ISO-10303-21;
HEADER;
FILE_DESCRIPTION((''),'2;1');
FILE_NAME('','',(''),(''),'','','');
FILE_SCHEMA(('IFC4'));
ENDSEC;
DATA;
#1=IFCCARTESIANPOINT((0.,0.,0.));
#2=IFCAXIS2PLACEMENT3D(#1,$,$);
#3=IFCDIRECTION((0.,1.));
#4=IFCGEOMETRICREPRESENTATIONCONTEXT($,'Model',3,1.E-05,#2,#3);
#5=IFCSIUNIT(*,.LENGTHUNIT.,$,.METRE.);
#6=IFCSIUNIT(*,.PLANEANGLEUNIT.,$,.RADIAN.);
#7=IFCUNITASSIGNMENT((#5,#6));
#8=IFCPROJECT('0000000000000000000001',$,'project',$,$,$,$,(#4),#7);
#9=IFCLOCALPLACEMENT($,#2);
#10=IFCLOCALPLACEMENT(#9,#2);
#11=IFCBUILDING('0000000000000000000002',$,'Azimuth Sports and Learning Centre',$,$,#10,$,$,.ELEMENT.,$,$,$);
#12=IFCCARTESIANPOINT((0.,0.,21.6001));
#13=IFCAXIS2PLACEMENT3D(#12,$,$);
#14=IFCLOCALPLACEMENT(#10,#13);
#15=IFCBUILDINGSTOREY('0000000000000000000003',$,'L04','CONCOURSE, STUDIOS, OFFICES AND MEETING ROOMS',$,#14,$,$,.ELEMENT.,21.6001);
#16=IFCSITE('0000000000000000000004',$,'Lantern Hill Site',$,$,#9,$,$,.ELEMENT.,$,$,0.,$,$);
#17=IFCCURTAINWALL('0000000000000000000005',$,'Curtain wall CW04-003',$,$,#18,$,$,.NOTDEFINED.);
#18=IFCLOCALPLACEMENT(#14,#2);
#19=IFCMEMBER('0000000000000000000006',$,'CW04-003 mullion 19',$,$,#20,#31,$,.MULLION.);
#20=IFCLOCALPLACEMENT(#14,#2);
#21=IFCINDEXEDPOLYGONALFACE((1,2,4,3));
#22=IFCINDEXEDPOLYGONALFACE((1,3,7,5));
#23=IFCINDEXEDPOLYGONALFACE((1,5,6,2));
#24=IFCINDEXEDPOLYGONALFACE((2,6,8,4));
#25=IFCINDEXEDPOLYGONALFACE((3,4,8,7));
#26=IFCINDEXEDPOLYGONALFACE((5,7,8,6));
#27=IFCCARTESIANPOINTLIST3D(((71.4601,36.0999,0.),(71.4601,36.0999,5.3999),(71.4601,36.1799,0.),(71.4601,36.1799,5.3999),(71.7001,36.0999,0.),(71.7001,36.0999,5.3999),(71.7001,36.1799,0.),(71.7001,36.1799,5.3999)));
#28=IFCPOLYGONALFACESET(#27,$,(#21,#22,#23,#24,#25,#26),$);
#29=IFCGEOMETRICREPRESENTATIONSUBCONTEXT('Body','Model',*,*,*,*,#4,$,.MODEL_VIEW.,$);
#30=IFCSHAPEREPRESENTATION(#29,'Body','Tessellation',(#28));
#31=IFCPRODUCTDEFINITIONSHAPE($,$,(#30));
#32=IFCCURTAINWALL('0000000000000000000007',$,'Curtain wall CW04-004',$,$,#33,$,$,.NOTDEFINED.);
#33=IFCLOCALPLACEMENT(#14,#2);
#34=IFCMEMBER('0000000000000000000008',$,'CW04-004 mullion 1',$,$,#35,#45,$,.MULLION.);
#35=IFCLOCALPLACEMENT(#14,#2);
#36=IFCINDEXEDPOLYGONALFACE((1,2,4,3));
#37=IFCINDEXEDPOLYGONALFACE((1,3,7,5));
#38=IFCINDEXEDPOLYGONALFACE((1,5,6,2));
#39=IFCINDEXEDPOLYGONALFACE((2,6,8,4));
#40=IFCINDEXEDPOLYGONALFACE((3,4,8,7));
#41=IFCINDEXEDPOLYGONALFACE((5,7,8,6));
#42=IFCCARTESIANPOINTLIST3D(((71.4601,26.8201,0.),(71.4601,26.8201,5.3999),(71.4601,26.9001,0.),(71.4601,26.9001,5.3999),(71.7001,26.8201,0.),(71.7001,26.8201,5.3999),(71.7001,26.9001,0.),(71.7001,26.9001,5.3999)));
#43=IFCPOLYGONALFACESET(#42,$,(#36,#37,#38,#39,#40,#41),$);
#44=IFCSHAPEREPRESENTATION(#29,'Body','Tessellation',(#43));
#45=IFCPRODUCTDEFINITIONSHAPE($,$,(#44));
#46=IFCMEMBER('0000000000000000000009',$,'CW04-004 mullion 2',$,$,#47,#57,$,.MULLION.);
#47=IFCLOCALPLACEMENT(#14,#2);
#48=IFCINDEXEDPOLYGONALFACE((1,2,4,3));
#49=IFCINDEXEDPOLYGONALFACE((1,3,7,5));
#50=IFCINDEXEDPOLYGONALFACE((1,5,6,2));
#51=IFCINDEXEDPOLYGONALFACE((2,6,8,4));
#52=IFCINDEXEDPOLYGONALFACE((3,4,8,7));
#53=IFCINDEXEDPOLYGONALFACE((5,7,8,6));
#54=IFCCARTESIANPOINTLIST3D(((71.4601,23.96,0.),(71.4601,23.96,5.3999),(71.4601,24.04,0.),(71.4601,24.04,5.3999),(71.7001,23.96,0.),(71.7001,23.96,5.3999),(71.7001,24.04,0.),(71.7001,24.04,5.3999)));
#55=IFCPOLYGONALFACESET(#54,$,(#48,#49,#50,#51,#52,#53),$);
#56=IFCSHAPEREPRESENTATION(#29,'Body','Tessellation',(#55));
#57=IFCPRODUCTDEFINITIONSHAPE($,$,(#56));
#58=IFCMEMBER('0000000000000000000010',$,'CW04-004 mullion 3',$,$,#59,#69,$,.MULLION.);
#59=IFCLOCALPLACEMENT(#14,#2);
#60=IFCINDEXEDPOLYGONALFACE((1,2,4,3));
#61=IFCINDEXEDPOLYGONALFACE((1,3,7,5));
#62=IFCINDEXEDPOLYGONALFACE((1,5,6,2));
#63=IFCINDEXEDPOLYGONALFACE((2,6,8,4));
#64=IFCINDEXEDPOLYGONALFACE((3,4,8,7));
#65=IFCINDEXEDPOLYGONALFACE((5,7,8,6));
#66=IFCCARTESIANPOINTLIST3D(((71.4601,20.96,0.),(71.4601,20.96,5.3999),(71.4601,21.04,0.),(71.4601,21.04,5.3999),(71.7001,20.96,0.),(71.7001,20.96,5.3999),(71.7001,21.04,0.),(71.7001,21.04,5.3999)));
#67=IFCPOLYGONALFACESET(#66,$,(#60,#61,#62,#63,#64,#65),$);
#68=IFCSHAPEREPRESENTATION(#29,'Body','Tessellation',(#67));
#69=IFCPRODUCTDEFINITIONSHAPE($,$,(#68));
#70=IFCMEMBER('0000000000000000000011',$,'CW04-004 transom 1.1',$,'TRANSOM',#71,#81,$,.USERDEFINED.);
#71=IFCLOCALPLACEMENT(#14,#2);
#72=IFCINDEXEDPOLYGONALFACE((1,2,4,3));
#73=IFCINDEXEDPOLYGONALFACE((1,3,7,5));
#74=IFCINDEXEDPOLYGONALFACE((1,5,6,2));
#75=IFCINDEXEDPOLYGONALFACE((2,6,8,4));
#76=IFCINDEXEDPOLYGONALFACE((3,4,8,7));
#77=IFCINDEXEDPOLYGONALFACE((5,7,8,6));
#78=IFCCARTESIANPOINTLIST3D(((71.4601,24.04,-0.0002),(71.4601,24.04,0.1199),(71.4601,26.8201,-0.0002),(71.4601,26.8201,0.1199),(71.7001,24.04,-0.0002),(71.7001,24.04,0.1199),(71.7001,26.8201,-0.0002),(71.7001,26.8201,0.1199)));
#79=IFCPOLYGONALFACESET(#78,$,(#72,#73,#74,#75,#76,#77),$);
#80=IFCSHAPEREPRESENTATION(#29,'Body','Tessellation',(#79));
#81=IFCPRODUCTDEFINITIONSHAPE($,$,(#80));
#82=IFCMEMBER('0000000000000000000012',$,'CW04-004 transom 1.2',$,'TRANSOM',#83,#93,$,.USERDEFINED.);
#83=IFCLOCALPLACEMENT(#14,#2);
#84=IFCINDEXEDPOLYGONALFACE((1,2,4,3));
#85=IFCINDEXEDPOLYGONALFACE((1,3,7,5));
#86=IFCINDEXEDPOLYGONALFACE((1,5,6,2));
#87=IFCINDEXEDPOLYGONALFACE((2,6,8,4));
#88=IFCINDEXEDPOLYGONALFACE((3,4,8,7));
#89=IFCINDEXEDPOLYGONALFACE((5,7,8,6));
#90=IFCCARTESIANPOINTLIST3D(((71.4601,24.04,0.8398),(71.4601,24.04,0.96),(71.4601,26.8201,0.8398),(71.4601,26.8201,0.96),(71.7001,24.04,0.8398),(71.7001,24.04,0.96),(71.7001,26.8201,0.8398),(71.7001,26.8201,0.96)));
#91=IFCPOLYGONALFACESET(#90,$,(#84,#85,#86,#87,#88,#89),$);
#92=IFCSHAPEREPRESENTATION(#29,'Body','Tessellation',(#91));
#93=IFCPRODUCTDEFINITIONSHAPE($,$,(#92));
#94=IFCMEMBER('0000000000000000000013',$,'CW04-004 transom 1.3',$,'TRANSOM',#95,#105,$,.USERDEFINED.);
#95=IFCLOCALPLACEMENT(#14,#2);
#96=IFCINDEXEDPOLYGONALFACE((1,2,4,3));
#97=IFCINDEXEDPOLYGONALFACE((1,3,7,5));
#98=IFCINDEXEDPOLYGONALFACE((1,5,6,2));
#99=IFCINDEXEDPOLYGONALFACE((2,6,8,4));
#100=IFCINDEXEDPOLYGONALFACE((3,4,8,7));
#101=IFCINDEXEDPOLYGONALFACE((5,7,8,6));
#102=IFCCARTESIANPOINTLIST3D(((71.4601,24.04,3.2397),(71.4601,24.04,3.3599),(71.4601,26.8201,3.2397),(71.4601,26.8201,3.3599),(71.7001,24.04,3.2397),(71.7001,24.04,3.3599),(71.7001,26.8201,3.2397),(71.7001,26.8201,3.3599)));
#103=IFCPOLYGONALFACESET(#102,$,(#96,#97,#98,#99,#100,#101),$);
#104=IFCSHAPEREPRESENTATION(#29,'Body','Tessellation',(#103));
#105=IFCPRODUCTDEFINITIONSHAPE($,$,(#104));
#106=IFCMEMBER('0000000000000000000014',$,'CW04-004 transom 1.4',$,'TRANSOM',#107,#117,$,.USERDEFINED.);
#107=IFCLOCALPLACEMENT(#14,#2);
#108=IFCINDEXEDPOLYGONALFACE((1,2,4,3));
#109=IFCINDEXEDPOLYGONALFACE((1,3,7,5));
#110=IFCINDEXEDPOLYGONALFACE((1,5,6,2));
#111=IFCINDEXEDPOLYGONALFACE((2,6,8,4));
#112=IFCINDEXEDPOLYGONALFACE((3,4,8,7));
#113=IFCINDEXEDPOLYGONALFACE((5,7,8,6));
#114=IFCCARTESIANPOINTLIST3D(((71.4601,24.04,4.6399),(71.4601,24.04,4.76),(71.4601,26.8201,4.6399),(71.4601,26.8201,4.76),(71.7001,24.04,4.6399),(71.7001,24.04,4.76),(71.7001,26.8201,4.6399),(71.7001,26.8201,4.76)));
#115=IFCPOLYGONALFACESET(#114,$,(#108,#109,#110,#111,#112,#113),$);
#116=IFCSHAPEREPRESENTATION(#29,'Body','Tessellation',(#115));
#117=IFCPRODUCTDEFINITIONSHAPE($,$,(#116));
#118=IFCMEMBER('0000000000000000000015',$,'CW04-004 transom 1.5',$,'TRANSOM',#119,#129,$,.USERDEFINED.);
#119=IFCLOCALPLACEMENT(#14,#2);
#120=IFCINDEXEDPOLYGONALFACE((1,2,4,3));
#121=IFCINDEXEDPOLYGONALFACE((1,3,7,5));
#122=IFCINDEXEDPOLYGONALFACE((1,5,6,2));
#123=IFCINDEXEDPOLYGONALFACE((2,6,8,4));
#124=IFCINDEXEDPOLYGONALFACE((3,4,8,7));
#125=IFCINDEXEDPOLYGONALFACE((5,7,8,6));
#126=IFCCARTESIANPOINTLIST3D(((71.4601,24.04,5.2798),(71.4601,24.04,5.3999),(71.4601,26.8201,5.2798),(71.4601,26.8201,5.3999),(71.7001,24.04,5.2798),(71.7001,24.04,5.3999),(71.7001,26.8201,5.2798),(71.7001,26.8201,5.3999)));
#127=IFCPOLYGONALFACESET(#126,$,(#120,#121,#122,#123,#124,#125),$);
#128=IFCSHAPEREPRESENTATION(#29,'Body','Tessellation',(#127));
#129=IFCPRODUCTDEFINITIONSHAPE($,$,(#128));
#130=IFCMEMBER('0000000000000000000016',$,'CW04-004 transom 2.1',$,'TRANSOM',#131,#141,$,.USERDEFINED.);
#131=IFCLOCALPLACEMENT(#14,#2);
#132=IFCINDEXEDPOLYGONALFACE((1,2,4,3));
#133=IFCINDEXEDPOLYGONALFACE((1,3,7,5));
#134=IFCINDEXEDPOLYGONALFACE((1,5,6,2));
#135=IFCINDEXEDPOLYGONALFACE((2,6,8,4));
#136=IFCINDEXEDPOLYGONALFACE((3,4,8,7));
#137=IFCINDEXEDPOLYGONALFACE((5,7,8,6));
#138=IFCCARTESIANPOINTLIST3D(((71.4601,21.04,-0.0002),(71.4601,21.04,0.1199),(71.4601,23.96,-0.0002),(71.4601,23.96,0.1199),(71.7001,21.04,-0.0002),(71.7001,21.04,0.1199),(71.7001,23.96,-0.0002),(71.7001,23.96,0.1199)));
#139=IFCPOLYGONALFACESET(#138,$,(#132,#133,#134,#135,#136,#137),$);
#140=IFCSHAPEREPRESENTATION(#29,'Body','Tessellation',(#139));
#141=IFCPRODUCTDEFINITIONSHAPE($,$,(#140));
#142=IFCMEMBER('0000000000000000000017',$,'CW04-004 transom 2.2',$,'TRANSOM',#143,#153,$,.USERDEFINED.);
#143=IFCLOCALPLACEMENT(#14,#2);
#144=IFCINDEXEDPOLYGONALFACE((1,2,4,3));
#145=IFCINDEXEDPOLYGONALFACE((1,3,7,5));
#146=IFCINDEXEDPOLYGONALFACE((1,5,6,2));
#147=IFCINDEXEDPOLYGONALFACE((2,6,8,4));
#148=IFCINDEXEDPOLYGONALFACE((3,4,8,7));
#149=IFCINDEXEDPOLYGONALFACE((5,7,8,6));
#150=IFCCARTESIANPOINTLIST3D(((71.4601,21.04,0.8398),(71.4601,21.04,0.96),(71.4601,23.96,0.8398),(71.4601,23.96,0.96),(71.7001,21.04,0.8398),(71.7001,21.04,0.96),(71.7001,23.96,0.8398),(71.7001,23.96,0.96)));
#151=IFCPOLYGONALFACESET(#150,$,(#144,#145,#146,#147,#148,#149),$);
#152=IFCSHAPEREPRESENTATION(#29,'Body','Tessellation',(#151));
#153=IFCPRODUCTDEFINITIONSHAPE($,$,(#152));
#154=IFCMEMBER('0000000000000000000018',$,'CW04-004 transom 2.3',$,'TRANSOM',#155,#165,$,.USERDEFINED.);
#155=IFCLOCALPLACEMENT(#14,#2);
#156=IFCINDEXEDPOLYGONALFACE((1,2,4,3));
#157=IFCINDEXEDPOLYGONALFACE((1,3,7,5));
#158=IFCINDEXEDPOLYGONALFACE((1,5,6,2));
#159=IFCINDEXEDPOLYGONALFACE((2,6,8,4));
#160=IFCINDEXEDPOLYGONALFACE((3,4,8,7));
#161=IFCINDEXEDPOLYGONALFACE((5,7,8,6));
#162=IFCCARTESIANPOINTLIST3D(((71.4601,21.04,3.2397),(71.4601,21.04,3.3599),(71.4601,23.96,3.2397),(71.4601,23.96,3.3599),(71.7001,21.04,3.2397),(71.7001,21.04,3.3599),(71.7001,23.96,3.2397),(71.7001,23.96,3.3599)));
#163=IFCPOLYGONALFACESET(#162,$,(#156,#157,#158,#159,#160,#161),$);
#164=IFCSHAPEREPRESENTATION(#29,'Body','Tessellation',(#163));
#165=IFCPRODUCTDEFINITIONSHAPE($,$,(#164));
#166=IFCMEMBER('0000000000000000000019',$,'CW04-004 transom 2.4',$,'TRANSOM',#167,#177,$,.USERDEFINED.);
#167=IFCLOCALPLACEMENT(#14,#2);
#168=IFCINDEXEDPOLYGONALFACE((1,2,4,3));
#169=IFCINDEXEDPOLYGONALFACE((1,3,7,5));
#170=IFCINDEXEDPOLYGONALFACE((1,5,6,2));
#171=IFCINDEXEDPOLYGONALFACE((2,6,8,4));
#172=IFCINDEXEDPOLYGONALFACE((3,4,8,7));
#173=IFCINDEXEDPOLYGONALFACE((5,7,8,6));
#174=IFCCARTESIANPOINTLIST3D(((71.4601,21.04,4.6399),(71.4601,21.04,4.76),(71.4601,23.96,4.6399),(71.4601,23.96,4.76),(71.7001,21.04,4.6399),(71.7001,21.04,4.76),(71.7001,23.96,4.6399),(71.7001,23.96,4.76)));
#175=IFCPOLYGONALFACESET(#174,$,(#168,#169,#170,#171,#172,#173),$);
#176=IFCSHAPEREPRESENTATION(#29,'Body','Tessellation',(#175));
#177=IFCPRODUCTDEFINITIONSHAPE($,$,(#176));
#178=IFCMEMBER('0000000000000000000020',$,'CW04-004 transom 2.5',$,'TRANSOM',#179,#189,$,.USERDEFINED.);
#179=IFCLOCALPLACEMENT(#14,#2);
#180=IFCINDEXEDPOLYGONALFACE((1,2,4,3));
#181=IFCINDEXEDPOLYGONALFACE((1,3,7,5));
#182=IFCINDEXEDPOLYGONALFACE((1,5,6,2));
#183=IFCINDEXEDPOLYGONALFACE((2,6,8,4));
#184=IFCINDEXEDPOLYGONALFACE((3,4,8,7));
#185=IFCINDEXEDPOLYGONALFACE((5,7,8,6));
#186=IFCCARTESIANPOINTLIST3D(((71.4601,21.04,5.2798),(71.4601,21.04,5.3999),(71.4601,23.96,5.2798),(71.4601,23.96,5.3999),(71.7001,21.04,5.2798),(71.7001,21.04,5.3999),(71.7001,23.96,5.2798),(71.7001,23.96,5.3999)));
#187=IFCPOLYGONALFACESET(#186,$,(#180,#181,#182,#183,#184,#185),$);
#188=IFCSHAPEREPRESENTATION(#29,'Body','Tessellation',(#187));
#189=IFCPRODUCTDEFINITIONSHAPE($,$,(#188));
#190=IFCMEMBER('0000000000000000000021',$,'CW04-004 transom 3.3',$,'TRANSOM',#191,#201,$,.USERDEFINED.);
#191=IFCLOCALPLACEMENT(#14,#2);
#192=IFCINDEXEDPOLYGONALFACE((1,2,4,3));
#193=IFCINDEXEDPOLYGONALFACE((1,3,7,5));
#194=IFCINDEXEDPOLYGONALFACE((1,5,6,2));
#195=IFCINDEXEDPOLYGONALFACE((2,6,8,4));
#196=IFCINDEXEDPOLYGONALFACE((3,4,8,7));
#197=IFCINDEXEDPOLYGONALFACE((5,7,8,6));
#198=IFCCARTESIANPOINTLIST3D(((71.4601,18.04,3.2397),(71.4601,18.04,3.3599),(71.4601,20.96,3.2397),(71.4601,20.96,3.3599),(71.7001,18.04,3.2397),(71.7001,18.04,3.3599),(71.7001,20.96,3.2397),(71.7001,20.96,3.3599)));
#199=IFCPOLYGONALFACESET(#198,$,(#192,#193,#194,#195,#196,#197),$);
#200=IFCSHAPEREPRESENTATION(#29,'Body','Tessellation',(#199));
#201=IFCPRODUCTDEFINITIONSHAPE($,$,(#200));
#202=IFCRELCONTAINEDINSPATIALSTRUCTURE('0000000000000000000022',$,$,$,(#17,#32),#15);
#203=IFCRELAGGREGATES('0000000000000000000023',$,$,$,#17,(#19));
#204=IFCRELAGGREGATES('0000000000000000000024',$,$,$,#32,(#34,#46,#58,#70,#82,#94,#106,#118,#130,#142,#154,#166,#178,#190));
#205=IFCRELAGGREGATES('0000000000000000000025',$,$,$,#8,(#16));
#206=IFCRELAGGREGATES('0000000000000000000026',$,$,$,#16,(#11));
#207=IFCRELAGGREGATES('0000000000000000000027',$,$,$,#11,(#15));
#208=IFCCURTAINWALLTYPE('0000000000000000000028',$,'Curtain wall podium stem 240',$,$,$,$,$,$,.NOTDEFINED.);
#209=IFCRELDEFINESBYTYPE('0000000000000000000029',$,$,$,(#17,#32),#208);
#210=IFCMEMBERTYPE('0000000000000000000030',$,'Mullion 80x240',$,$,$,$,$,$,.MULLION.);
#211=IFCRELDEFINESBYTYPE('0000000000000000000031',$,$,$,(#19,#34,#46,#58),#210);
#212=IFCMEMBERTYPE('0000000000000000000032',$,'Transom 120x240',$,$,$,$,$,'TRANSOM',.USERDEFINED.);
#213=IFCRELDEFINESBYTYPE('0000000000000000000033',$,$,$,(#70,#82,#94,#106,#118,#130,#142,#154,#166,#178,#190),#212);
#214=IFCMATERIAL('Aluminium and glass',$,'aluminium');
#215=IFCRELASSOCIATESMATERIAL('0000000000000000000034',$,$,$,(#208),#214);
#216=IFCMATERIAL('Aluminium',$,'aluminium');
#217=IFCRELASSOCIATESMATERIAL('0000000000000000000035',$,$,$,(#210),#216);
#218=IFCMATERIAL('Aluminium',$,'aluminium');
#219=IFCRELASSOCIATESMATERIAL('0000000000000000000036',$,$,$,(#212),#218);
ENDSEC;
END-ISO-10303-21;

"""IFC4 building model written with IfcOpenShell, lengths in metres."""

from ifc_helpers import new_model, si_unit, direction, frame, origin, origin_2d, place, context, subcontext, project, spatial, rectangle, extrude, material, material_profile, profile_set, type_object, element, aggregate, save


model = new_model("IFC4")

# Units and contexts
model_context = context("Model", 3, precision=1e-05, world=origin(), true_north=direction((0.0, 1.0)))
body_context = subcontext(model_context, "Body", "Model", "MODEL_VIEW")
ifc_project = project(units=[si_unit("LENGTHUNIT", "METRE"), si_unit("PLANEANGLEUNIT", "RADIAN")], contexts=[model_context])

# Site, building, storey
site_placement = place(None, origin())
site = spatial("IfcSite", under=ifc_project, at=site_placement, Name="Lantern Hill Site", CompositionType="ELEMENT", RefElevation=0.0)
building_placement = place(site_placement, origin())
building = spatial("IfcBuilding", under=site, at=building_placement, Name="Azimuth Sports and Learning Centre", CompositionType="ELEMENT")
storey_placement = place(building_placement, frame((0.0, 0.0, 21.6001)))
storey = spatial("IfcBuildingStorey", under=building, at=storey_placement, Name="L04", Description="CONCOURSE, STUDIOS, OFFICES AND MEETING ROOMS", CompositionType="ELEMENT", Elevation=21.6001)

# Curtain wall, member
ifc_material_1 = material(Name="Aluminium and glass", Category="aluminium")
curtain_wall_type = type_object("IfcCurtainWallType", Name="Curtain wall podium stem 240", PredefinedType="NOTDEFINED", material=ifc_material_1)
curtain_wall_1_placement = place(storey_placement, origin())
curtain_wall_1 = element("IfcCurtainWall", 1, at=curtain_wall_1_placement, inside=storey, type_object=curtain_wall_type, Name="Curtain wall CW04-003", PredefinedType="NOTDEFINED")
ifc_material_2 = material(Name="Aluminium", Category="aluminium")
ifc_material_profile_1 = material_profile(ifc_material_2, rectangle(XDim=0.24, YDim=0.0801, at=origin_2d()), Name="Mullion 80x240")
ifc_profile_set_1 = profile_set([ifc_material_profile_1], Name="Aluminium")
member_type_1 = type_object("IfcMemberType", Name="Mullion 80x240", PredefinedType="MULLION", material=ifc_profile_set_1)
member_1_placement = place(storey_placement, frame((71.5801, 36.1399, 0.0), z_axis=(0.0, 0.0, 1.0), x_axis=(1.0, 0.0, 0.0)))
member_1 = element("IfcMember", 2, at=member_1_placement, type_object=member_type_1, Name="CW04-003 mullion 19", PredefinedType="MULLION", context=body_context, shape_type="SweptSolid", body=[
    extrude(rectangle(XDim=0.24, YDim=0.0801, at=origin_2d()), origin(), (0.0, 0.0, 1.0), 5.3999),
])

# Curtain wall, members
curtain_wall_2_placement = place(storey_placement, origin())
curtain_wall_2 = element("IfcCurtainWall", 3, at=curtain_wall_2_placement, inside=storey, type_object=curtain_wall_type, Name="Curtain wall CW04-004", PredefinedType="NOTDEFINED")
member_2_placement = place(storey_placement, frame((71.5801, 26.8601, 0.0), z_axis=(0.0, 0.0, 1.0), x_axis=(1.0, 0.0, 0.0)))
member_2 = element("IfcMember", 4, at=member_2_placement, type_object=member_type_1, Name="CW04-004 mullion 1", PredefinedType="MULLION", context=body_context, shape_type="SweptSolid", body=[
    extrude(rectangle(XDim=0.24, YDim=0.0801, at=origin_2d()), origin(), (0.0, 0.0, 1.0), 5.3999),
])
member_3_placement = place(storey_placement, frame((71.5801, 24.0, 0.0), z_axis=(0.0, 0.0, 1.0), x_axis=(1.0, 0.0, 0.0)))
member_3 = element("IfcMember", 5, at=member_3_placement, type_object=member_type_1, Name="CW04-004 mullion 2", PredefinedType="MULLION", context=body_context, shape_type="SweptSolid", body=[
    extrude(rectangle(XDim=0.24, YDim=0.0801, at=origin_2d()), origin(), (0.0, 0.0, 1.0), 5.3999),
])
member_4_placement = place(storey_placement, frame((71.5801, 21.0, 0.0), z_axis=(0.0, 0.0, 1.0), x_axis=(1.0, 0.0, 0.0)))
member_4 = element("IfcMember", 6, at=member_4_placement, type_object=member_type_1, Name="CW04-004 mullion 3", PredefinedType="MULLION", context=body_context, shape_type="SweptSolid", body=[
    extrude(rectangle(XDim=0.24, YDim=0.0801, at=origin_2d()), origin(), (0.0, 0.0, 1.0), 5.3999),
])
ifc_material_3 = material(Name="Aluminium", Category="aluminium")
ifc_material_profile_2 = material_profile(ifc_material_3, rectangle(XDim=0.24, YDim=0.1201, at=origin_2d()), Name="Transom 120x240")
ifc_profile_set_2 = profile_set([ifc_material_profile_2], Name="Aluminium")
member_type_2 = type_object("IfcMemberType", Name="Transom 120x240", ElementType="TRANSOM", PredefinedType="USERDEFINED", material=ifc_profile_set_2)
member_5_placement = place(storey_placement, frame((71.5801, 26.8201, 0.0598), z_axis=(0.0, -1.0, 0.0), x_axis=(1.0, 0.0, 0.0)))
member_5 = element("IfcMember", 7, at=member_5_placement, type_object=member_type_2, Name="CW04-004 transom 1.1", ObjectType="TRANSOM", PredefinedType="USERDEFINED", context=body_context, shape_type="SweptSolid", body=[
    extrude(rectangle(XDim=0.24, YDim=0.1201, at=origin_2d()), origin(), (0.0, 0.0, 1.0), 2.78),
])
member_6_placement = place(storey_placement, frame((71.5801, 26.8201, 0.8999), z_axis=(0.0, -1.0, 0.0), x_axis=(1.0, 0.0, 0.0)))
member_6 = element("IfcMember", 8, at=member_6_placement, type_object=member_type_2, Name="CW04-004 transom 1.2", ObjectType="TRANSOM", PredefinedType="USERDEFINED", context=body_context, shape_type="SweptSolid", body=[
    extrude(rectangle(XDim=0.24, YDim=0.1201, at=origin_2d()), origin(), (0.0, 0.0, 1.0), 2.78),
])
member_7_placement = place(storey_placement, frame((71.5801, 26.8201, 3.2998), z_axis=(0.0, -1.0, 0.0), x_axis=(1.0, 0.0, 0.0)))
member_7 = element("IfcMember", 9, at=member_7_placement, type_object=member_type_2, Name="CW04-004 transom 1.3", ObjectType="TRANSOM", PredefinedType="USERDEFINED", context=body_context, shape_type="SweptSolid", body=[
    extrude(rectangle(XDim=0.24, YDim=0.1201, at=origin_2d()), origin(), (0.0, 0.0, 1.0), 2.78),
])
member_8_placement = place(storey_placement, frame((71.5801, 26.8201, 4.7), z_axis=(0.0, -1.0, 0.0), x_axis=(1.0, 0.0, 0.0)))
member_8 = element("IfcMember", 10, at=member_8_placement, type_object=member_type_2, Name="CW04-004 transom 1.4", ObjectType="TRANSOM", PredefinedType="USERDEFINED", context=body_context, shape_type="SweptSolid", body=[
    extrude(rectangle(XDim=0.24, YDim=0.1201, at=origin_2d()), origin(), (0.0, 0.0, 1.0), 2.78),
])
member_9_placement = place(storey_placement, frame((71.5801, 26.8201, 5.3398), z_axis=(0.0, -1.0, 0.0), x_axis=(1.0, 0.0, 0.0)))
member_9 = element("IfcMember", 11, at=member_9_placement, type_object=member_type_2, Name="CW04-004 transom 1.5", ObjectType="TRANSOM", PredefinedType="USERDEFINED", context=body_context, shape_type="SweptSolid", body=[
    extrude(rectangle(XDim=0.24, YDim=0.1201, at=origin_2d()), origin(), (0.0, 0.0, 1.0), 2.78),
])
member_10_placement = place(storey_placement, frame((71.5801, 23.96, 0.0598), z_axis=(0.0, -1.0, 0.0), x_axis=(1.0, 0.0, 0.0)))
member_10 = element("IfcMember", 12, at=member_10_placement, type_object=member_type_2, Name="CW04-004 transom 2.1", ObjectType="TRANSOM", PredefinedType="USERDEFINED", context=body_context, shape_type="SweptSolid", body=[
    extrude(rectangle(XDim=0.24, YDim=0.1201, at=origin_2d()), origin(), (0.0, 0.0, 1.0), 2.9199),
])
member_11_placement = place(storey_placement, frame((71.5801, 23.96, 0.8999), z_axis=(0.0, -1.0, 0.0), x_axis=(1.0, 0.0, 0.0)))
member_11 = element("IfcMember", 13, at=member_11_placement, type_object=member_type_2, Name="CW04-004 transom 2.2", ObjectType="TRANSOM", PredefinedType="USERDEFINED", context=body_context, shape_type="SweptSolid", body=[
    extrude(rectangle(XDim=0.24, YDim=0.1201, at=origin_2d()), origin(), (0.0, 0.0, 1.0), 2.9199),
])
member_12_placement = place(storey_placement, frame((71.5801, 23.96, 3.2998), z_axis=(0.0, -1.0, 0.0), x_axis=(1.0, 0.0, 0.0)))
member_12 = element("IfcMember", 14, at=member_12_placement, type_object=member_type_2, Name="CW04-004 transom 2.3", ObjectType="TRANSOM", PredefinedType="USERDEFINED", context=body_context, shape_type="SweptSolid", body=[
    extrude(rectangle(XDim=0.24, YDim=0.1201, at=origin_2d()), origin(), (0.0, 0.0, 1.0), 2.9199),
])
member_13_placement = place(storey_placement, frame((71.5801, 23.96, 4.7), z_axis=(0.0, -1.0, 0.0), x_axis=(1.0, 0.0, 0.0)))
member_13 = element("IfcMember", 15, at=member_13_placement, type_object=member_type_2, Name="CW04-004 transom 2.4", ObjectType="TRANSOM", PredefinedType="USERDEFINED", context=body_context, shape_type="SweptSolid", body=[
    extrude(rectangle(XDim=0.24, YDim=0.1201, at=origin_2d()), origin(), (0.0, 0.0, 1.0), 2.9199),
])
member_14_placement = place(storey_placement, frame((71.5801, 23.96, 5.3398), z_axis=(0.0, -1.0, 0.0), x_axis=(1.0, 0.0, 0.0)))
member_14 = element("IfcMember", 16, at=member_14_placement, type_object=member_type_2, Name="CW04-004 transom 2.5", ObjectType="TRANSOM", PredefinedType="USERDEFINED", context=body_context, shape_type="SweptSolid", body=[
    extrude(rectangle(XDim=0.24, YDim=0.1201, at=origin_2d()), origin(), (0.0, 0.0, 1.0), 2.9199),
])
member_15_placement = place(storey_placement, frame((71.5801, 20.96, 3.2998), z_axis=(0.0, -1.0, 0.0), x_axis=(1.0, 0.0, 0.0)))
member_15 = element("IfcMember", 17, at=member_15_placement, type_object=member_type_2, Name="CW04-004 transom 3.3", ObjectType="TRANSOM", PredefinedType="USERDEFINED", context=body_context, shape_type="SweptSolid", body=[
    extrude(rectangle(XDim=0.24, YDim=0.1201, at=origin_2d()), origin(), (0.0, 0.0, 1.0), 2.9199),
])

aggregate(curtain_wall_1, [member_1])
aggregate(curtain_wall_2, [member_2, member_3, member_4, member_5, member_6, member_7, member_8, member_9, member_10, member_11, member_12, member_13, member_14, member_15])

save(model, "model.ifc")
